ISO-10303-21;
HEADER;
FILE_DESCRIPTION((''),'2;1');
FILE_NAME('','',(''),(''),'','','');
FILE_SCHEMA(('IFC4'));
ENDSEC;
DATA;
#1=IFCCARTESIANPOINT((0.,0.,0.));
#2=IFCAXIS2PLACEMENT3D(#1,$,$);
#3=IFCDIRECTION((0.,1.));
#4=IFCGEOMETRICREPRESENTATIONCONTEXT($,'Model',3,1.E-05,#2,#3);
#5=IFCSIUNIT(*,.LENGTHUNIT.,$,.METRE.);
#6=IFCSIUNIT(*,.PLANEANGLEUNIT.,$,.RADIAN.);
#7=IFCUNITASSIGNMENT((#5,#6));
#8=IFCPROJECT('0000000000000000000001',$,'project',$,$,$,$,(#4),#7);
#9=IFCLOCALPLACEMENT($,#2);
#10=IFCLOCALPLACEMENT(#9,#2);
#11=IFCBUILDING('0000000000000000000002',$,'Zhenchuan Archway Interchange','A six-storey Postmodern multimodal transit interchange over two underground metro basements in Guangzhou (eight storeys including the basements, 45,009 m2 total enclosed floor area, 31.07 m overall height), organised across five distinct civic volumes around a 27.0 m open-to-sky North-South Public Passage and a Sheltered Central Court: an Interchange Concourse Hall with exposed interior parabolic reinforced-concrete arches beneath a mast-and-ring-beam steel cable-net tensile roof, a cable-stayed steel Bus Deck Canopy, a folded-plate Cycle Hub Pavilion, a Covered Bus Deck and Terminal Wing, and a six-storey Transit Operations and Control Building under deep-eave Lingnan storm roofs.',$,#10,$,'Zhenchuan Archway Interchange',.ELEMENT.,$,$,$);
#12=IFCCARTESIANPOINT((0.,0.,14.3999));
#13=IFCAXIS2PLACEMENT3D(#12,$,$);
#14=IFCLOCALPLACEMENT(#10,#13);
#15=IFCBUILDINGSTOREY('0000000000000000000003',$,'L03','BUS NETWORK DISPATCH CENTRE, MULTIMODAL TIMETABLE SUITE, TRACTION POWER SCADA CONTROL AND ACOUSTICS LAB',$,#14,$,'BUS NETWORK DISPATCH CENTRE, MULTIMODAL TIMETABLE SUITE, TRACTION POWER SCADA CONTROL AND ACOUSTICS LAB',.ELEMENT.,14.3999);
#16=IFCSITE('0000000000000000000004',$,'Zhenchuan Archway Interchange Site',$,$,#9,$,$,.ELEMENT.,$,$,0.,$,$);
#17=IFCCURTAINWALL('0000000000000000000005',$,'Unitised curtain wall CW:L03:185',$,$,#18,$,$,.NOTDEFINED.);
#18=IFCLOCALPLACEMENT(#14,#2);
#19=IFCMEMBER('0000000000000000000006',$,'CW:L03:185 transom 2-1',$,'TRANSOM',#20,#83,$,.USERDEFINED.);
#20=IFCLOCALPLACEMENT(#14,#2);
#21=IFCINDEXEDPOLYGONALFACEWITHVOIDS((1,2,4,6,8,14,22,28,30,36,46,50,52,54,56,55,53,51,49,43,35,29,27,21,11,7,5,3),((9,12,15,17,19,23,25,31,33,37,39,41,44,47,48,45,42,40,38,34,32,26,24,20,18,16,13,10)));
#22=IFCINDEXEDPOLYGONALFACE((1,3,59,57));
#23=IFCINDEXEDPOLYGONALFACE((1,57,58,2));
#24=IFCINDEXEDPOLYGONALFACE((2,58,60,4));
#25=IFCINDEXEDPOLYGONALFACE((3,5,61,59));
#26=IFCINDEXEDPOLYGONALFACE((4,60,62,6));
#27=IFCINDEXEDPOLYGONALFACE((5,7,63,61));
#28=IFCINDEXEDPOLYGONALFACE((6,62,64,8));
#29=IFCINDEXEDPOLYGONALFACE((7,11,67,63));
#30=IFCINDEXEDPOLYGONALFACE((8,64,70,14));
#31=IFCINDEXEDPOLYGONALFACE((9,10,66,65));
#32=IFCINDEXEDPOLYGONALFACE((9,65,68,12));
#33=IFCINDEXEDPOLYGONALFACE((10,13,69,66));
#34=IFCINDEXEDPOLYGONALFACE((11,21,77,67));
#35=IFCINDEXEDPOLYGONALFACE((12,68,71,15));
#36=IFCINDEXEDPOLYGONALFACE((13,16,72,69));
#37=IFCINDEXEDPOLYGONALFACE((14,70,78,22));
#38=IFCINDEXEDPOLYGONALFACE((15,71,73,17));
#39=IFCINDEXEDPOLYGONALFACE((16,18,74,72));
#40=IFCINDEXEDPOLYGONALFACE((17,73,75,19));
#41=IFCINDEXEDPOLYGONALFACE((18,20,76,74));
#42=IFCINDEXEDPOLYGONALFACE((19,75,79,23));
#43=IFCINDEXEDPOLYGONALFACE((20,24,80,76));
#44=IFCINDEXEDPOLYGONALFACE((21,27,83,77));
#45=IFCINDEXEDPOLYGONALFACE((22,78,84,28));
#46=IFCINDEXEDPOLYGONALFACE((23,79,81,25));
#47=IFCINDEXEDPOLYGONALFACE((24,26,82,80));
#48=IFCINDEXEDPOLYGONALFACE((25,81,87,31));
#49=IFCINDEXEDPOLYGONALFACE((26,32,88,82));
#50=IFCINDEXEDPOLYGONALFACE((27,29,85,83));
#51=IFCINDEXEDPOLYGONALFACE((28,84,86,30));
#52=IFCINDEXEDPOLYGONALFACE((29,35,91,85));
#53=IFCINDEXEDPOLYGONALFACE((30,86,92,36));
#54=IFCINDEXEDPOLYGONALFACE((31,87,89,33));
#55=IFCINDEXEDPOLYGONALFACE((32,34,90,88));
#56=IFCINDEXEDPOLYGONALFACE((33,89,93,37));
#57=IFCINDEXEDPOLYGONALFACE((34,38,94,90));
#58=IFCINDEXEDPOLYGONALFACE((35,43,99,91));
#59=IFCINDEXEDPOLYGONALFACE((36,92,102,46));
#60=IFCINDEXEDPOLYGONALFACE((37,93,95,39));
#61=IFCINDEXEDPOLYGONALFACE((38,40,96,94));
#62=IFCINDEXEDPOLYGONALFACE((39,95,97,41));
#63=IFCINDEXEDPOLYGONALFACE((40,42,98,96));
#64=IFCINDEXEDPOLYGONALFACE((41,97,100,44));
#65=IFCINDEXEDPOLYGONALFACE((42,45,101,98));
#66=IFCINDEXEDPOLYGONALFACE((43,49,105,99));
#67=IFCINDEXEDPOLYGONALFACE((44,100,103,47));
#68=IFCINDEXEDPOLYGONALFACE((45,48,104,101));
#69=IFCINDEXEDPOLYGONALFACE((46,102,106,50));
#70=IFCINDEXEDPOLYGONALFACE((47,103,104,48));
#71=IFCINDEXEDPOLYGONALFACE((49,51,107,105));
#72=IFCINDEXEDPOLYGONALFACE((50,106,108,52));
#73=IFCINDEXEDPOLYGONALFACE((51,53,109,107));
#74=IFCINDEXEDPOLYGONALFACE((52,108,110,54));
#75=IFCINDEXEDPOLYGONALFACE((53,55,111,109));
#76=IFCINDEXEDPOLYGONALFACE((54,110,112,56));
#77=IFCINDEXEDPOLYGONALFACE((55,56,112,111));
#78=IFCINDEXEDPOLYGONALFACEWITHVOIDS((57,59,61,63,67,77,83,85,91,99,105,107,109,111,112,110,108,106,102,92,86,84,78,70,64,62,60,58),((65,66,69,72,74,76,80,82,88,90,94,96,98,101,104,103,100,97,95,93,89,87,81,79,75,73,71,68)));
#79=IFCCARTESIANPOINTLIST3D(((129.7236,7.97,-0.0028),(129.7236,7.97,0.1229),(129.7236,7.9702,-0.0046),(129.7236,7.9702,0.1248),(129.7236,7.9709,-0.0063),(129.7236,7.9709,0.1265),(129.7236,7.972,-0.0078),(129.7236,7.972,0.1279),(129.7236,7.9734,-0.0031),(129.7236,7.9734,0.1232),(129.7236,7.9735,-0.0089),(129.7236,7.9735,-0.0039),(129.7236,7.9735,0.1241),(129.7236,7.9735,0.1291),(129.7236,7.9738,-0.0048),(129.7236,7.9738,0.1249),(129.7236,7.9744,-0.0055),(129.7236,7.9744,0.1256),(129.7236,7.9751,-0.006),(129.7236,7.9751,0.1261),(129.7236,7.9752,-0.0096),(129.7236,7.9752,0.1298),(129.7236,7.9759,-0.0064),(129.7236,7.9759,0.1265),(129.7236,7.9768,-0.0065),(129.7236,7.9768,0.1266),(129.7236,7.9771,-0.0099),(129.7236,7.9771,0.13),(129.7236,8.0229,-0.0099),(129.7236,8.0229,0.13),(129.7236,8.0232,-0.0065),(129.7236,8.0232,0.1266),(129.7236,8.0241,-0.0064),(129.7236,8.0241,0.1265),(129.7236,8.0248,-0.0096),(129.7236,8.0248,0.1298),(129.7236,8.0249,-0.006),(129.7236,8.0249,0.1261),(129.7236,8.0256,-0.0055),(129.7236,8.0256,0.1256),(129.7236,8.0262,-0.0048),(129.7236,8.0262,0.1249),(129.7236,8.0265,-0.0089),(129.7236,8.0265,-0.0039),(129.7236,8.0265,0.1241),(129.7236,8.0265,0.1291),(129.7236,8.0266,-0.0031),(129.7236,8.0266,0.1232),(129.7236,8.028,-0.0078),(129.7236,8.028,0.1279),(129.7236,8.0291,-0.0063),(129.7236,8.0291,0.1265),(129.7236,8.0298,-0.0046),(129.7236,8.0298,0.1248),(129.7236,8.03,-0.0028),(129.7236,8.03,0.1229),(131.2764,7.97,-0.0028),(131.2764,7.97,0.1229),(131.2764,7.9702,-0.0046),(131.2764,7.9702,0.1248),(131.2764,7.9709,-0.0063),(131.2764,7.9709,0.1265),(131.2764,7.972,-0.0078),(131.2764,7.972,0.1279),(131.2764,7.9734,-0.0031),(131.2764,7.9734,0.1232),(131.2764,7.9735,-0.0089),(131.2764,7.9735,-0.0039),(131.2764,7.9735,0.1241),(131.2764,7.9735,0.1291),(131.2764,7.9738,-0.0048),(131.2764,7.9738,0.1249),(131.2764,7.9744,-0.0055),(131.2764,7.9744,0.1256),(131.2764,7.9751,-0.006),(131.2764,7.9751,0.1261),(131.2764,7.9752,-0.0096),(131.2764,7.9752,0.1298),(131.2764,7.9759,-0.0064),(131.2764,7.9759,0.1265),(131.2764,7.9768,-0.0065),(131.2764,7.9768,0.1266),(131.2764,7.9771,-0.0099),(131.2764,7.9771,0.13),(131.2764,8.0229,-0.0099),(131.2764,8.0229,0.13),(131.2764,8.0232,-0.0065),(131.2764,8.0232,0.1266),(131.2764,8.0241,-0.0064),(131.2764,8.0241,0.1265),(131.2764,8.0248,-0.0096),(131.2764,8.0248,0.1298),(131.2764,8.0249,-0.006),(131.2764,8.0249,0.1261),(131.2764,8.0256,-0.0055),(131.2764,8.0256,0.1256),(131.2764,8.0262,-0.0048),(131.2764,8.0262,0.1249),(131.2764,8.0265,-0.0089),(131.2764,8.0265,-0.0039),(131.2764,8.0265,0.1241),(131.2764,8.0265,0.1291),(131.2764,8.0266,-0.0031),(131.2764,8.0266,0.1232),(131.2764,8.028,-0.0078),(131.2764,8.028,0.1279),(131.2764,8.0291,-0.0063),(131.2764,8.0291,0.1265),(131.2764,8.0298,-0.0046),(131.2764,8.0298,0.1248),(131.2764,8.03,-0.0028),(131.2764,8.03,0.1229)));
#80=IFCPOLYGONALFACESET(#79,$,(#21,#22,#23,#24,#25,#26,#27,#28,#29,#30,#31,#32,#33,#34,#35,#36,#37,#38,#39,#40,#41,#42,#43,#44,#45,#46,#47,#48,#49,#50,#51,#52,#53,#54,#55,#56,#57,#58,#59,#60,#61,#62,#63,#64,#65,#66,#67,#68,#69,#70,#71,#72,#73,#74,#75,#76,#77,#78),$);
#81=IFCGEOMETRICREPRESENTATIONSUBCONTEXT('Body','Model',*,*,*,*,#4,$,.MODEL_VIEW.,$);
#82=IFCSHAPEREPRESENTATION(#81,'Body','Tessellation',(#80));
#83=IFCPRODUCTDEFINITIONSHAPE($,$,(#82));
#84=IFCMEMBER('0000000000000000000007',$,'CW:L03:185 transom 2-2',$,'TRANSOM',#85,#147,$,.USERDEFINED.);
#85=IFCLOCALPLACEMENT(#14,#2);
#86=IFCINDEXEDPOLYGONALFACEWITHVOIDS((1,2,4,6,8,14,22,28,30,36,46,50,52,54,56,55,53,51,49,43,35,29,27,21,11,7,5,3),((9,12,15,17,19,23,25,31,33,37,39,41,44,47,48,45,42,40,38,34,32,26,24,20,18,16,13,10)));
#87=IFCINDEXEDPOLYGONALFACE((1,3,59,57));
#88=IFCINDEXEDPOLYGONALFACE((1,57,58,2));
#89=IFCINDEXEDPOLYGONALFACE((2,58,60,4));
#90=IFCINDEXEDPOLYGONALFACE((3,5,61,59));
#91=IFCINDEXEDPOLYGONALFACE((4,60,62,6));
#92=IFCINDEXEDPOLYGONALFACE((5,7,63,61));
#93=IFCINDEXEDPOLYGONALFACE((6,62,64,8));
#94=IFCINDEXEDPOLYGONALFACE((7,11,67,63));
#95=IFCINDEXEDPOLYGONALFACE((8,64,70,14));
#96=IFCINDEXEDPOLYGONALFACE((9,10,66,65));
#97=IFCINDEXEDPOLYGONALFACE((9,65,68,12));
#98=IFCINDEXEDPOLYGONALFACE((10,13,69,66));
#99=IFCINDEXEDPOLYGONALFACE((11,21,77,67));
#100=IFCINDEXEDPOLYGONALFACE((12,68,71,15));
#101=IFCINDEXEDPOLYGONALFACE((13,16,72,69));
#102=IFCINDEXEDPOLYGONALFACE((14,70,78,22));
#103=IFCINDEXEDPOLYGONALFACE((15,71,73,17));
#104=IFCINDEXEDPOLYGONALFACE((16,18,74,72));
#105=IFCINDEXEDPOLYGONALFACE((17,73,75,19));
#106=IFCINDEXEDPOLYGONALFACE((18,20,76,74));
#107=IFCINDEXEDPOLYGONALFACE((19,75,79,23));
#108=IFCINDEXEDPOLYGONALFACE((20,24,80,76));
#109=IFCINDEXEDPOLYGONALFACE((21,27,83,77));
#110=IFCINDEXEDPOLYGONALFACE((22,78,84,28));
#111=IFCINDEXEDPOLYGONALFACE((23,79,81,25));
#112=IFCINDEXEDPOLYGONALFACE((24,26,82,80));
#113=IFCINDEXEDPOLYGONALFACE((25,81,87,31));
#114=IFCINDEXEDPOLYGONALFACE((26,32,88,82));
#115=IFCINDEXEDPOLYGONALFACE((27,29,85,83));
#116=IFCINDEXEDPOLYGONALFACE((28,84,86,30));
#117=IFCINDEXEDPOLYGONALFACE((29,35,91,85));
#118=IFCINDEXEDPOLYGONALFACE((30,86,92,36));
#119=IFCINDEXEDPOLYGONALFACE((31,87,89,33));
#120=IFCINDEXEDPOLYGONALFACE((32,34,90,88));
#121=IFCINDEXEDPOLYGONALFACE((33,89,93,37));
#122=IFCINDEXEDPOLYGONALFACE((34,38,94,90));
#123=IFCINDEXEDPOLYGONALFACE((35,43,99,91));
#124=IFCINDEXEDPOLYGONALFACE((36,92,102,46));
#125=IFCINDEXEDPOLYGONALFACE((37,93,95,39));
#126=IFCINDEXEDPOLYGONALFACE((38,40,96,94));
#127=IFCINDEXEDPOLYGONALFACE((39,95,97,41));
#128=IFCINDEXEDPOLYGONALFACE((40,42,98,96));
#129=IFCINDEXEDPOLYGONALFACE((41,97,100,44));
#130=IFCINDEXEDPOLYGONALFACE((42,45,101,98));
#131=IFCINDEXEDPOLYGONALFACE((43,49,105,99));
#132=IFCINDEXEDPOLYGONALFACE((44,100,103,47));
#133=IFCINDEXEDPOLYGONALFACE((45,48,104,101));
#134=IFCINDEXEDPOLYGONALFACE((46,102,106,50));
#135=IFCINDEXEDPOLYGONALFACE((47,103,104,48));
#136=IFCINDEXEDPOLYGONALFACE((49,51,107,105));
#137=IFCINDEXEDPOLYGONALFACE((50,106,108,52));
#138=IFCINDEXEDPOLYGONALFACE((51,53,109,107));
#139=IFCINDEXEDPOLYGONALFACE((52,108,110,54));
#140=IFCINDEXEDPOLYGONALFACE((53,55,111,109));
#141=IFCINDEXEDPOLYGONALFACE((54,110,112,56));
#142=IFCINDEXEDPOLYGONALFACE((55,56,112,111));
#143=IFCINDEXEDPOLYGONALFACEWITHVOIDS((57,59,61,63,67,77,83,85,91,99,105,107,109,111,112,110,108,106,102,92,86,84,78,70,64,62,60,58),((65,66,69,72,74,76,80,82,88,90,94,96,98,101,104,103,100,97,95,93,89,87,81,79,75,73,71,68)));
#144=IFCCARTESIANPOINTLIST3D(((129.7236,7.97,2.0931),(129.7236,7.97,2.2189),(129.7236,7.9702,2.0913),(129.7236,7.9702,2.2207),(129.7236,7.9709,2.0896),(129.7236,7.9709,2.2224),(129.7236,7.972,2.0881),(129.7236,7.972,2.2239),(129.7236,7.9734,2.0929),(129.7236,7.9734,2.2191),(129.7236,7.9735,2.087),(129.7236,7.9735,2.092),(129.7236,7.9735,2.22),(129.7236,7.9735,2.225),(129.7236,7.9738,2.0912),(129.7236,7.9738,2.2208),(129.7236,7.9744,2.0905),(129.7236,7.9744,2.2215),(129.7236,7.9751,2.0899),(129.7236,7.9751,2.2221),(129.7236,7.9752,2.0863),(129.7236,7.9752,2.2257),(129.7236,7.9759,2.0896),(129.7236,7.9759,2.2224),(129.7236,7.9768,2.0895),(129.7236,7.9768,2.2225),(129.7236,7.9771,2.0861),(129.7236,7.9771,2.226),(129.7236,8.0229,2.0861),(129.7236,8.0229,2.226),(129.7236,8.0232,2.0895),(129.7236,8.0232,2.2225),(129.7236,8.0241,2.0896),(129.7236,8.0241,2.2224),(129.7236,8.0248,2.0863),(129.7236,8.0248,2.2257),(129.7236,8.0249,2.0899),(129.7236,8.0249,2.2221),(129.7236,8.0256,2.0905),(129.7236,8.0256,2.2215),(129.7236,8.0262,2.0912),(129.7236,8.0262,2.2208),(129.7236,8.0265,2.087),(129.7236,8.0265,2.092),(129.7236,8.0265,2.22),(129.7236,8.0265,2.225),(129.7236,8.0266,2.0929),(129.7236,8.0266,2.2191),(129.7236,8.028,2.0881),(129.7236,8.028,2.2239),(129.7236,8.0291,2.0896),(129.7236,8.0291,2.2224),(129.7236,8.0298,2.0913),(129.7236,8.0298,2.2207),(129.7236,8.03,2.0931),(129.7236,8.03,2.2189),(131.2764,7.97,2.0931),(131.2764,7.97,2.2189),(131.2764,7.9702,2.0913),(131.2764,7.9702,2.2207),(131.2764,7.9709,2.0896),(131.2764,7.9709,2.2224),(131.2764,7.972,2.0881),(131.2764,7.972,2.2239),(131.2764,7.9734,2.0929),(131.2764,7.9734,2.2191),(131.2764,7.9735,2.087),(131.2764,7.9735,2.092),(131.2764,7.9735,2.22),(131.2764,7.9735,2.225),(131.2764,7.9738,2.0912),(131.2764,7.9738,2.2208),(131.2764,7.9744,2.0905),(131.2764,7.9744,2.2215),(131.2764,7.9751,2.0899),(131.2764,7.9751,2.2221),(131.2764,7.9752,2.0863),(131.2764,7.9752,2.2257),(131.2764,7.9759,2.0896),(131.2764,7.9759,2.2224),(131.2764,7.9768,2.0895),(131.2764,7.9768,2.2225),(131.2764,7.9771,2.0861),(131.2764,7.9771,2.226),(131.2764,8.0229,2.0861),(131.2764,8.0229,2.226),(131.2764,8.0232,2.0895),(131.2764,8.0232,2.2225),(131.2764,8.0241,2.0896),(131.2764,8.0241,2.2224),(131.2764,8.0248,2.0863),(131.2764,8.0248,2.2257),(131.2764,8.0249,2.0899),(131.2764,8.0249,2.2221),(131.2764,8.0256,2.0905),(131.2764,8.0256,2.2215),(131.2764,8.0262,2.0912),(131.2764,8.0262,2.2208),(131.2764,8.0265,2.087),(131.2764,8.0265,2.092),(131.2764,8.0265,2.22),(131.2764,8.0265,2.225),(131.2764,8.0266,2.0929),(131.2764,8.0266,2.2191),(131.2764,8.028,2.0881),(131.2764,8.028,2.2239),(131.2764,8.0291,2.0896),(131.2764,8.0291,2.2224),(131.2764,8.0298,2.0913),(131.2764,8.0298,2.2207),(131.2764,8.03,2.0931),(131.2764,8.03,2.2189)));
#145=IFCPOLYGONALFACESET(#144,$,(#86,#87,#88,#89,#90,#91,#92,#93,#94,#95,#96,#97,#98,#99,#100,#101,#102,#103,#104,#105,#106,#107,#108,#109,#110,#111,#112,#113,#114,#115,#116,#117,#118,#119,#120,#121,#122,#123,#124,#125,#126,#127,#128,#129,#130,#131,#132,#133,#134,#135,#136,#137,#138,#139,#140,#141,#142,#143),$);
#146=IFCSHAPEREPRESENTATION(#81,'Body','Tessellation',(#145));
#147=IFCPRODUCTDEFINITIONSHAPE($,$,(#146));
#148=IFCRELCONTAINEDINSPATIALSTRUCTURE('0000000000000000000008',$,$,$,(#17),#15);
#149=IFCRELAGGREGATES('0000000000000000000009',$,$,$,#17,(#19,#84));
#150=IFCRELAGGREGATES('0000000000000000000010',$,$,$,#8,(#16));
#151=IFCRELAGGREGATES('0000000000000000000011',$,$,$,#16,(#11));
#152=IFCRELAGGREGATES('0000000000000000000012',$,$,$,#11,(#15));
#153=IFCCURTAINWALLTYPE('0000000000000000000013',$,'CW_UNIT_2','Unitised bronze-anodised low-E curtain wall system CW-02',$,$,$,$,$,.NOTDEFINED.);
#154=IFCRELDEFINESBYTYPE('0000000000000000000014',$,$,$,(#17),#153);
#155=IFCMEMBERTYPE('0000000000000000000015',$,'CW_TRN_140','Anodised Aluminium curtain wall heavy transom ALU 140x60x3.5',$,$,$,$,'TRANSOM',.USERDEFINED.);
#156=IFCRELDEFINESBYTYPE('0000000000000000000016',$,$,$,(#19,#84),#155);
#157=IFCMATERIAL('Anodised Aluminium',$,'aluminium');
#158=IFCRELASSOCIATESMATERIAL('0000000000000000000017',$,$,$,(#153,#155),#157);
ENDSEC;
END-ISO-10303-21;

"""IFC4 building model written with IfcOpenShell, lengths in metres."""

from ifc_helpers import new_model, si_unit, direction, frame, origin, origin_2d, place, context, subcontext, project, spatial, hollow_rectangle, extrude, material, material_profile, profile_set, type_object, element, aggregate, save


model = new_model("IFC4")

# Units and contexts
model_context = context("Model", 3, precision=1e-05, world=origin(), true_north=direction((0.0, 1.0)))
body_context = subcontext(model_context, "Body", "Model", "MODEL_VIEW")
ifc_project = project(units=[si_unit("LENGTHUNIT", "METRE"), si_unit("PLANEANGLEUNIT", "RADIAN")], contexts=[model_context])

# Site, building, storey
site_placement = place(None, origin())
site = spatial("IfcSite", under=ifc_project, at=site_placement, Name="Zhenchuan Archway Interchange Site", CompositionType="ELEMENT", RefElevation=0.0)
building_placement = place(site_placement, origin())
building = spatial("IfcBuilding", under=site, at=building_placement, Name="Zhenchuan Archway Interchange", Description="A six-storey Postmodern multimodal transit interchange over two underground metro basements in Guangzhou (eight storeys including the basements, 45,009 m2 total enclosed floor area, 31.07 m overall height), organised across five distinct civic volumes around a 27.0 m open-to-sky North-South Public Passage and a Sheltered Central Court: an Interchange Concourse Hall with exposed interior parabolic reinforced-concrete arches beneath a mast-and-ring-beam steel cable-net tensile roof, a cable-stayed steel Bus Deck Canopy, a folded-plate Cycle Hub Pavilion, a Covered Bus Deck and Terminal Wing, and a six-storey Transit Operations and Control Building under deep-eave Lingnan storm roofs.", LongName="Zhenchuan Archway Interchange", CompositionType="ELEMENT")
storey_placement = place(building_placement, frame((0.0, 0.0, 14.3999)))
storey = spatial("IfcBuildingStorey", under=building, at=storey_placement, Name="L03", Description="BUS NETWORK DISPATCH CENTRE, MULTIMODAL TIMETABLE SUITE, TRACTION POWER SCADA CONTROL AND ACOUSTICS LAB", LongName="BUS NETWORK DISPATCH CENTRE, MULTIMODAL TIMETABLE SUITE, TRACTION POWER SCADA CONTROL AND ACOUSTICS LAB", CompositionType="ELEMENT", Elevation=14.3999)

# Curtain wall, members
ifc_material_1 = material(Name="Anodised Aluminium", Category="aluminium")
curtain_wall_type = type_object("IfcCurtainWallType", Name="CW_UNIT_2", Description="Unitised bronze-anodised low-E curtain wall system CW-02", PredefinedType="NOTDEFINED", material=ifc_material_1)
curtain_wall_placement = place(storey_placement, origin())
curtain_wall = element("IfcCurtainWall", 1, at=curtain_wall_placement, inside=storey, type_object=curtain_wall_type, Name="Unitised curtain wall CW:L03:185", PredefinedType="NOTDEFINED")
ifc_material_profile_1 = material_profile(ifc_material_1, hollow_rectangle(XDim=0.0601, YDim=0.1399, WallThickness=0.0034, InnerFilletRadius=0.0034, OuterFilletRadius=0.0071, at=origin_2d()), Name="ALU 140x60x3.5")
ifc_profile_set_1 = profile_set([ifc_material_profile_1], Name="Anodised Aluminium")
member_type_1 = type_object("IfcMemberType", Name="CW_TRN_140", Description="Anodised Aluminium curtain wall heavy transom ALU 140x60x3.5", ElementType="TRANSOM", PredefinedType="USERDEFINED", material=ifc_profile_set_1)
member_1_placement = place(storey_placement, frame((131.2764, 8.0, 0.0601), z_axis=(-1.0, 0.0, 0.0), x_axis=(0.0, -1.0, 0.0)))
member_1 = element("IfcMember", 2, at=member_1_placement, type_object=member_type_1, Name="CW:L03:185 transom 2-1", ObjectType="TRANSOM", PredefinedType="USERDEFINED", context=body_context, shape_type="SweptSolid", body=[
    extrude(hollow_rectangle(XDim=0.0601, YDim=0.1399, WallThickness=0.0034, InnerFilletRadius=0.0034, OuterFilletRadius=0.0071, at=origin_2d()), origin(), (0.0, 0.0, 1.0), 1.5527),
])
member_2_placement = place(storey_placement, frame((131.2764, 8.0, 2.156), z_axis=(-1.0, 0.0, 0.0), x_axis=(0.0, -1.0, 0.0)))
member_2 = element("IfcMember", 3, at=member_2_placement, type_object=member_type_1, Name="CW:L03:185 transom 2-2", ObjectType="TRANSOM", PredefinedType="USERDEFINED", context=body_context, shape_type="SweptSolid", body=[
    extrude(hollow_rectangle(XDim=0.0601, YDim=0.1399, WallThickness=0.0034, InnerFilletRadius=0.0034, OuterFilletRadius=0.0071, at=origin_2d()), origin(), (0.0, 0.0, 1.0), 1.5527),
])

aggregate(curtain_wall, [member_1, member_2])

save(model, "model.ifc")
